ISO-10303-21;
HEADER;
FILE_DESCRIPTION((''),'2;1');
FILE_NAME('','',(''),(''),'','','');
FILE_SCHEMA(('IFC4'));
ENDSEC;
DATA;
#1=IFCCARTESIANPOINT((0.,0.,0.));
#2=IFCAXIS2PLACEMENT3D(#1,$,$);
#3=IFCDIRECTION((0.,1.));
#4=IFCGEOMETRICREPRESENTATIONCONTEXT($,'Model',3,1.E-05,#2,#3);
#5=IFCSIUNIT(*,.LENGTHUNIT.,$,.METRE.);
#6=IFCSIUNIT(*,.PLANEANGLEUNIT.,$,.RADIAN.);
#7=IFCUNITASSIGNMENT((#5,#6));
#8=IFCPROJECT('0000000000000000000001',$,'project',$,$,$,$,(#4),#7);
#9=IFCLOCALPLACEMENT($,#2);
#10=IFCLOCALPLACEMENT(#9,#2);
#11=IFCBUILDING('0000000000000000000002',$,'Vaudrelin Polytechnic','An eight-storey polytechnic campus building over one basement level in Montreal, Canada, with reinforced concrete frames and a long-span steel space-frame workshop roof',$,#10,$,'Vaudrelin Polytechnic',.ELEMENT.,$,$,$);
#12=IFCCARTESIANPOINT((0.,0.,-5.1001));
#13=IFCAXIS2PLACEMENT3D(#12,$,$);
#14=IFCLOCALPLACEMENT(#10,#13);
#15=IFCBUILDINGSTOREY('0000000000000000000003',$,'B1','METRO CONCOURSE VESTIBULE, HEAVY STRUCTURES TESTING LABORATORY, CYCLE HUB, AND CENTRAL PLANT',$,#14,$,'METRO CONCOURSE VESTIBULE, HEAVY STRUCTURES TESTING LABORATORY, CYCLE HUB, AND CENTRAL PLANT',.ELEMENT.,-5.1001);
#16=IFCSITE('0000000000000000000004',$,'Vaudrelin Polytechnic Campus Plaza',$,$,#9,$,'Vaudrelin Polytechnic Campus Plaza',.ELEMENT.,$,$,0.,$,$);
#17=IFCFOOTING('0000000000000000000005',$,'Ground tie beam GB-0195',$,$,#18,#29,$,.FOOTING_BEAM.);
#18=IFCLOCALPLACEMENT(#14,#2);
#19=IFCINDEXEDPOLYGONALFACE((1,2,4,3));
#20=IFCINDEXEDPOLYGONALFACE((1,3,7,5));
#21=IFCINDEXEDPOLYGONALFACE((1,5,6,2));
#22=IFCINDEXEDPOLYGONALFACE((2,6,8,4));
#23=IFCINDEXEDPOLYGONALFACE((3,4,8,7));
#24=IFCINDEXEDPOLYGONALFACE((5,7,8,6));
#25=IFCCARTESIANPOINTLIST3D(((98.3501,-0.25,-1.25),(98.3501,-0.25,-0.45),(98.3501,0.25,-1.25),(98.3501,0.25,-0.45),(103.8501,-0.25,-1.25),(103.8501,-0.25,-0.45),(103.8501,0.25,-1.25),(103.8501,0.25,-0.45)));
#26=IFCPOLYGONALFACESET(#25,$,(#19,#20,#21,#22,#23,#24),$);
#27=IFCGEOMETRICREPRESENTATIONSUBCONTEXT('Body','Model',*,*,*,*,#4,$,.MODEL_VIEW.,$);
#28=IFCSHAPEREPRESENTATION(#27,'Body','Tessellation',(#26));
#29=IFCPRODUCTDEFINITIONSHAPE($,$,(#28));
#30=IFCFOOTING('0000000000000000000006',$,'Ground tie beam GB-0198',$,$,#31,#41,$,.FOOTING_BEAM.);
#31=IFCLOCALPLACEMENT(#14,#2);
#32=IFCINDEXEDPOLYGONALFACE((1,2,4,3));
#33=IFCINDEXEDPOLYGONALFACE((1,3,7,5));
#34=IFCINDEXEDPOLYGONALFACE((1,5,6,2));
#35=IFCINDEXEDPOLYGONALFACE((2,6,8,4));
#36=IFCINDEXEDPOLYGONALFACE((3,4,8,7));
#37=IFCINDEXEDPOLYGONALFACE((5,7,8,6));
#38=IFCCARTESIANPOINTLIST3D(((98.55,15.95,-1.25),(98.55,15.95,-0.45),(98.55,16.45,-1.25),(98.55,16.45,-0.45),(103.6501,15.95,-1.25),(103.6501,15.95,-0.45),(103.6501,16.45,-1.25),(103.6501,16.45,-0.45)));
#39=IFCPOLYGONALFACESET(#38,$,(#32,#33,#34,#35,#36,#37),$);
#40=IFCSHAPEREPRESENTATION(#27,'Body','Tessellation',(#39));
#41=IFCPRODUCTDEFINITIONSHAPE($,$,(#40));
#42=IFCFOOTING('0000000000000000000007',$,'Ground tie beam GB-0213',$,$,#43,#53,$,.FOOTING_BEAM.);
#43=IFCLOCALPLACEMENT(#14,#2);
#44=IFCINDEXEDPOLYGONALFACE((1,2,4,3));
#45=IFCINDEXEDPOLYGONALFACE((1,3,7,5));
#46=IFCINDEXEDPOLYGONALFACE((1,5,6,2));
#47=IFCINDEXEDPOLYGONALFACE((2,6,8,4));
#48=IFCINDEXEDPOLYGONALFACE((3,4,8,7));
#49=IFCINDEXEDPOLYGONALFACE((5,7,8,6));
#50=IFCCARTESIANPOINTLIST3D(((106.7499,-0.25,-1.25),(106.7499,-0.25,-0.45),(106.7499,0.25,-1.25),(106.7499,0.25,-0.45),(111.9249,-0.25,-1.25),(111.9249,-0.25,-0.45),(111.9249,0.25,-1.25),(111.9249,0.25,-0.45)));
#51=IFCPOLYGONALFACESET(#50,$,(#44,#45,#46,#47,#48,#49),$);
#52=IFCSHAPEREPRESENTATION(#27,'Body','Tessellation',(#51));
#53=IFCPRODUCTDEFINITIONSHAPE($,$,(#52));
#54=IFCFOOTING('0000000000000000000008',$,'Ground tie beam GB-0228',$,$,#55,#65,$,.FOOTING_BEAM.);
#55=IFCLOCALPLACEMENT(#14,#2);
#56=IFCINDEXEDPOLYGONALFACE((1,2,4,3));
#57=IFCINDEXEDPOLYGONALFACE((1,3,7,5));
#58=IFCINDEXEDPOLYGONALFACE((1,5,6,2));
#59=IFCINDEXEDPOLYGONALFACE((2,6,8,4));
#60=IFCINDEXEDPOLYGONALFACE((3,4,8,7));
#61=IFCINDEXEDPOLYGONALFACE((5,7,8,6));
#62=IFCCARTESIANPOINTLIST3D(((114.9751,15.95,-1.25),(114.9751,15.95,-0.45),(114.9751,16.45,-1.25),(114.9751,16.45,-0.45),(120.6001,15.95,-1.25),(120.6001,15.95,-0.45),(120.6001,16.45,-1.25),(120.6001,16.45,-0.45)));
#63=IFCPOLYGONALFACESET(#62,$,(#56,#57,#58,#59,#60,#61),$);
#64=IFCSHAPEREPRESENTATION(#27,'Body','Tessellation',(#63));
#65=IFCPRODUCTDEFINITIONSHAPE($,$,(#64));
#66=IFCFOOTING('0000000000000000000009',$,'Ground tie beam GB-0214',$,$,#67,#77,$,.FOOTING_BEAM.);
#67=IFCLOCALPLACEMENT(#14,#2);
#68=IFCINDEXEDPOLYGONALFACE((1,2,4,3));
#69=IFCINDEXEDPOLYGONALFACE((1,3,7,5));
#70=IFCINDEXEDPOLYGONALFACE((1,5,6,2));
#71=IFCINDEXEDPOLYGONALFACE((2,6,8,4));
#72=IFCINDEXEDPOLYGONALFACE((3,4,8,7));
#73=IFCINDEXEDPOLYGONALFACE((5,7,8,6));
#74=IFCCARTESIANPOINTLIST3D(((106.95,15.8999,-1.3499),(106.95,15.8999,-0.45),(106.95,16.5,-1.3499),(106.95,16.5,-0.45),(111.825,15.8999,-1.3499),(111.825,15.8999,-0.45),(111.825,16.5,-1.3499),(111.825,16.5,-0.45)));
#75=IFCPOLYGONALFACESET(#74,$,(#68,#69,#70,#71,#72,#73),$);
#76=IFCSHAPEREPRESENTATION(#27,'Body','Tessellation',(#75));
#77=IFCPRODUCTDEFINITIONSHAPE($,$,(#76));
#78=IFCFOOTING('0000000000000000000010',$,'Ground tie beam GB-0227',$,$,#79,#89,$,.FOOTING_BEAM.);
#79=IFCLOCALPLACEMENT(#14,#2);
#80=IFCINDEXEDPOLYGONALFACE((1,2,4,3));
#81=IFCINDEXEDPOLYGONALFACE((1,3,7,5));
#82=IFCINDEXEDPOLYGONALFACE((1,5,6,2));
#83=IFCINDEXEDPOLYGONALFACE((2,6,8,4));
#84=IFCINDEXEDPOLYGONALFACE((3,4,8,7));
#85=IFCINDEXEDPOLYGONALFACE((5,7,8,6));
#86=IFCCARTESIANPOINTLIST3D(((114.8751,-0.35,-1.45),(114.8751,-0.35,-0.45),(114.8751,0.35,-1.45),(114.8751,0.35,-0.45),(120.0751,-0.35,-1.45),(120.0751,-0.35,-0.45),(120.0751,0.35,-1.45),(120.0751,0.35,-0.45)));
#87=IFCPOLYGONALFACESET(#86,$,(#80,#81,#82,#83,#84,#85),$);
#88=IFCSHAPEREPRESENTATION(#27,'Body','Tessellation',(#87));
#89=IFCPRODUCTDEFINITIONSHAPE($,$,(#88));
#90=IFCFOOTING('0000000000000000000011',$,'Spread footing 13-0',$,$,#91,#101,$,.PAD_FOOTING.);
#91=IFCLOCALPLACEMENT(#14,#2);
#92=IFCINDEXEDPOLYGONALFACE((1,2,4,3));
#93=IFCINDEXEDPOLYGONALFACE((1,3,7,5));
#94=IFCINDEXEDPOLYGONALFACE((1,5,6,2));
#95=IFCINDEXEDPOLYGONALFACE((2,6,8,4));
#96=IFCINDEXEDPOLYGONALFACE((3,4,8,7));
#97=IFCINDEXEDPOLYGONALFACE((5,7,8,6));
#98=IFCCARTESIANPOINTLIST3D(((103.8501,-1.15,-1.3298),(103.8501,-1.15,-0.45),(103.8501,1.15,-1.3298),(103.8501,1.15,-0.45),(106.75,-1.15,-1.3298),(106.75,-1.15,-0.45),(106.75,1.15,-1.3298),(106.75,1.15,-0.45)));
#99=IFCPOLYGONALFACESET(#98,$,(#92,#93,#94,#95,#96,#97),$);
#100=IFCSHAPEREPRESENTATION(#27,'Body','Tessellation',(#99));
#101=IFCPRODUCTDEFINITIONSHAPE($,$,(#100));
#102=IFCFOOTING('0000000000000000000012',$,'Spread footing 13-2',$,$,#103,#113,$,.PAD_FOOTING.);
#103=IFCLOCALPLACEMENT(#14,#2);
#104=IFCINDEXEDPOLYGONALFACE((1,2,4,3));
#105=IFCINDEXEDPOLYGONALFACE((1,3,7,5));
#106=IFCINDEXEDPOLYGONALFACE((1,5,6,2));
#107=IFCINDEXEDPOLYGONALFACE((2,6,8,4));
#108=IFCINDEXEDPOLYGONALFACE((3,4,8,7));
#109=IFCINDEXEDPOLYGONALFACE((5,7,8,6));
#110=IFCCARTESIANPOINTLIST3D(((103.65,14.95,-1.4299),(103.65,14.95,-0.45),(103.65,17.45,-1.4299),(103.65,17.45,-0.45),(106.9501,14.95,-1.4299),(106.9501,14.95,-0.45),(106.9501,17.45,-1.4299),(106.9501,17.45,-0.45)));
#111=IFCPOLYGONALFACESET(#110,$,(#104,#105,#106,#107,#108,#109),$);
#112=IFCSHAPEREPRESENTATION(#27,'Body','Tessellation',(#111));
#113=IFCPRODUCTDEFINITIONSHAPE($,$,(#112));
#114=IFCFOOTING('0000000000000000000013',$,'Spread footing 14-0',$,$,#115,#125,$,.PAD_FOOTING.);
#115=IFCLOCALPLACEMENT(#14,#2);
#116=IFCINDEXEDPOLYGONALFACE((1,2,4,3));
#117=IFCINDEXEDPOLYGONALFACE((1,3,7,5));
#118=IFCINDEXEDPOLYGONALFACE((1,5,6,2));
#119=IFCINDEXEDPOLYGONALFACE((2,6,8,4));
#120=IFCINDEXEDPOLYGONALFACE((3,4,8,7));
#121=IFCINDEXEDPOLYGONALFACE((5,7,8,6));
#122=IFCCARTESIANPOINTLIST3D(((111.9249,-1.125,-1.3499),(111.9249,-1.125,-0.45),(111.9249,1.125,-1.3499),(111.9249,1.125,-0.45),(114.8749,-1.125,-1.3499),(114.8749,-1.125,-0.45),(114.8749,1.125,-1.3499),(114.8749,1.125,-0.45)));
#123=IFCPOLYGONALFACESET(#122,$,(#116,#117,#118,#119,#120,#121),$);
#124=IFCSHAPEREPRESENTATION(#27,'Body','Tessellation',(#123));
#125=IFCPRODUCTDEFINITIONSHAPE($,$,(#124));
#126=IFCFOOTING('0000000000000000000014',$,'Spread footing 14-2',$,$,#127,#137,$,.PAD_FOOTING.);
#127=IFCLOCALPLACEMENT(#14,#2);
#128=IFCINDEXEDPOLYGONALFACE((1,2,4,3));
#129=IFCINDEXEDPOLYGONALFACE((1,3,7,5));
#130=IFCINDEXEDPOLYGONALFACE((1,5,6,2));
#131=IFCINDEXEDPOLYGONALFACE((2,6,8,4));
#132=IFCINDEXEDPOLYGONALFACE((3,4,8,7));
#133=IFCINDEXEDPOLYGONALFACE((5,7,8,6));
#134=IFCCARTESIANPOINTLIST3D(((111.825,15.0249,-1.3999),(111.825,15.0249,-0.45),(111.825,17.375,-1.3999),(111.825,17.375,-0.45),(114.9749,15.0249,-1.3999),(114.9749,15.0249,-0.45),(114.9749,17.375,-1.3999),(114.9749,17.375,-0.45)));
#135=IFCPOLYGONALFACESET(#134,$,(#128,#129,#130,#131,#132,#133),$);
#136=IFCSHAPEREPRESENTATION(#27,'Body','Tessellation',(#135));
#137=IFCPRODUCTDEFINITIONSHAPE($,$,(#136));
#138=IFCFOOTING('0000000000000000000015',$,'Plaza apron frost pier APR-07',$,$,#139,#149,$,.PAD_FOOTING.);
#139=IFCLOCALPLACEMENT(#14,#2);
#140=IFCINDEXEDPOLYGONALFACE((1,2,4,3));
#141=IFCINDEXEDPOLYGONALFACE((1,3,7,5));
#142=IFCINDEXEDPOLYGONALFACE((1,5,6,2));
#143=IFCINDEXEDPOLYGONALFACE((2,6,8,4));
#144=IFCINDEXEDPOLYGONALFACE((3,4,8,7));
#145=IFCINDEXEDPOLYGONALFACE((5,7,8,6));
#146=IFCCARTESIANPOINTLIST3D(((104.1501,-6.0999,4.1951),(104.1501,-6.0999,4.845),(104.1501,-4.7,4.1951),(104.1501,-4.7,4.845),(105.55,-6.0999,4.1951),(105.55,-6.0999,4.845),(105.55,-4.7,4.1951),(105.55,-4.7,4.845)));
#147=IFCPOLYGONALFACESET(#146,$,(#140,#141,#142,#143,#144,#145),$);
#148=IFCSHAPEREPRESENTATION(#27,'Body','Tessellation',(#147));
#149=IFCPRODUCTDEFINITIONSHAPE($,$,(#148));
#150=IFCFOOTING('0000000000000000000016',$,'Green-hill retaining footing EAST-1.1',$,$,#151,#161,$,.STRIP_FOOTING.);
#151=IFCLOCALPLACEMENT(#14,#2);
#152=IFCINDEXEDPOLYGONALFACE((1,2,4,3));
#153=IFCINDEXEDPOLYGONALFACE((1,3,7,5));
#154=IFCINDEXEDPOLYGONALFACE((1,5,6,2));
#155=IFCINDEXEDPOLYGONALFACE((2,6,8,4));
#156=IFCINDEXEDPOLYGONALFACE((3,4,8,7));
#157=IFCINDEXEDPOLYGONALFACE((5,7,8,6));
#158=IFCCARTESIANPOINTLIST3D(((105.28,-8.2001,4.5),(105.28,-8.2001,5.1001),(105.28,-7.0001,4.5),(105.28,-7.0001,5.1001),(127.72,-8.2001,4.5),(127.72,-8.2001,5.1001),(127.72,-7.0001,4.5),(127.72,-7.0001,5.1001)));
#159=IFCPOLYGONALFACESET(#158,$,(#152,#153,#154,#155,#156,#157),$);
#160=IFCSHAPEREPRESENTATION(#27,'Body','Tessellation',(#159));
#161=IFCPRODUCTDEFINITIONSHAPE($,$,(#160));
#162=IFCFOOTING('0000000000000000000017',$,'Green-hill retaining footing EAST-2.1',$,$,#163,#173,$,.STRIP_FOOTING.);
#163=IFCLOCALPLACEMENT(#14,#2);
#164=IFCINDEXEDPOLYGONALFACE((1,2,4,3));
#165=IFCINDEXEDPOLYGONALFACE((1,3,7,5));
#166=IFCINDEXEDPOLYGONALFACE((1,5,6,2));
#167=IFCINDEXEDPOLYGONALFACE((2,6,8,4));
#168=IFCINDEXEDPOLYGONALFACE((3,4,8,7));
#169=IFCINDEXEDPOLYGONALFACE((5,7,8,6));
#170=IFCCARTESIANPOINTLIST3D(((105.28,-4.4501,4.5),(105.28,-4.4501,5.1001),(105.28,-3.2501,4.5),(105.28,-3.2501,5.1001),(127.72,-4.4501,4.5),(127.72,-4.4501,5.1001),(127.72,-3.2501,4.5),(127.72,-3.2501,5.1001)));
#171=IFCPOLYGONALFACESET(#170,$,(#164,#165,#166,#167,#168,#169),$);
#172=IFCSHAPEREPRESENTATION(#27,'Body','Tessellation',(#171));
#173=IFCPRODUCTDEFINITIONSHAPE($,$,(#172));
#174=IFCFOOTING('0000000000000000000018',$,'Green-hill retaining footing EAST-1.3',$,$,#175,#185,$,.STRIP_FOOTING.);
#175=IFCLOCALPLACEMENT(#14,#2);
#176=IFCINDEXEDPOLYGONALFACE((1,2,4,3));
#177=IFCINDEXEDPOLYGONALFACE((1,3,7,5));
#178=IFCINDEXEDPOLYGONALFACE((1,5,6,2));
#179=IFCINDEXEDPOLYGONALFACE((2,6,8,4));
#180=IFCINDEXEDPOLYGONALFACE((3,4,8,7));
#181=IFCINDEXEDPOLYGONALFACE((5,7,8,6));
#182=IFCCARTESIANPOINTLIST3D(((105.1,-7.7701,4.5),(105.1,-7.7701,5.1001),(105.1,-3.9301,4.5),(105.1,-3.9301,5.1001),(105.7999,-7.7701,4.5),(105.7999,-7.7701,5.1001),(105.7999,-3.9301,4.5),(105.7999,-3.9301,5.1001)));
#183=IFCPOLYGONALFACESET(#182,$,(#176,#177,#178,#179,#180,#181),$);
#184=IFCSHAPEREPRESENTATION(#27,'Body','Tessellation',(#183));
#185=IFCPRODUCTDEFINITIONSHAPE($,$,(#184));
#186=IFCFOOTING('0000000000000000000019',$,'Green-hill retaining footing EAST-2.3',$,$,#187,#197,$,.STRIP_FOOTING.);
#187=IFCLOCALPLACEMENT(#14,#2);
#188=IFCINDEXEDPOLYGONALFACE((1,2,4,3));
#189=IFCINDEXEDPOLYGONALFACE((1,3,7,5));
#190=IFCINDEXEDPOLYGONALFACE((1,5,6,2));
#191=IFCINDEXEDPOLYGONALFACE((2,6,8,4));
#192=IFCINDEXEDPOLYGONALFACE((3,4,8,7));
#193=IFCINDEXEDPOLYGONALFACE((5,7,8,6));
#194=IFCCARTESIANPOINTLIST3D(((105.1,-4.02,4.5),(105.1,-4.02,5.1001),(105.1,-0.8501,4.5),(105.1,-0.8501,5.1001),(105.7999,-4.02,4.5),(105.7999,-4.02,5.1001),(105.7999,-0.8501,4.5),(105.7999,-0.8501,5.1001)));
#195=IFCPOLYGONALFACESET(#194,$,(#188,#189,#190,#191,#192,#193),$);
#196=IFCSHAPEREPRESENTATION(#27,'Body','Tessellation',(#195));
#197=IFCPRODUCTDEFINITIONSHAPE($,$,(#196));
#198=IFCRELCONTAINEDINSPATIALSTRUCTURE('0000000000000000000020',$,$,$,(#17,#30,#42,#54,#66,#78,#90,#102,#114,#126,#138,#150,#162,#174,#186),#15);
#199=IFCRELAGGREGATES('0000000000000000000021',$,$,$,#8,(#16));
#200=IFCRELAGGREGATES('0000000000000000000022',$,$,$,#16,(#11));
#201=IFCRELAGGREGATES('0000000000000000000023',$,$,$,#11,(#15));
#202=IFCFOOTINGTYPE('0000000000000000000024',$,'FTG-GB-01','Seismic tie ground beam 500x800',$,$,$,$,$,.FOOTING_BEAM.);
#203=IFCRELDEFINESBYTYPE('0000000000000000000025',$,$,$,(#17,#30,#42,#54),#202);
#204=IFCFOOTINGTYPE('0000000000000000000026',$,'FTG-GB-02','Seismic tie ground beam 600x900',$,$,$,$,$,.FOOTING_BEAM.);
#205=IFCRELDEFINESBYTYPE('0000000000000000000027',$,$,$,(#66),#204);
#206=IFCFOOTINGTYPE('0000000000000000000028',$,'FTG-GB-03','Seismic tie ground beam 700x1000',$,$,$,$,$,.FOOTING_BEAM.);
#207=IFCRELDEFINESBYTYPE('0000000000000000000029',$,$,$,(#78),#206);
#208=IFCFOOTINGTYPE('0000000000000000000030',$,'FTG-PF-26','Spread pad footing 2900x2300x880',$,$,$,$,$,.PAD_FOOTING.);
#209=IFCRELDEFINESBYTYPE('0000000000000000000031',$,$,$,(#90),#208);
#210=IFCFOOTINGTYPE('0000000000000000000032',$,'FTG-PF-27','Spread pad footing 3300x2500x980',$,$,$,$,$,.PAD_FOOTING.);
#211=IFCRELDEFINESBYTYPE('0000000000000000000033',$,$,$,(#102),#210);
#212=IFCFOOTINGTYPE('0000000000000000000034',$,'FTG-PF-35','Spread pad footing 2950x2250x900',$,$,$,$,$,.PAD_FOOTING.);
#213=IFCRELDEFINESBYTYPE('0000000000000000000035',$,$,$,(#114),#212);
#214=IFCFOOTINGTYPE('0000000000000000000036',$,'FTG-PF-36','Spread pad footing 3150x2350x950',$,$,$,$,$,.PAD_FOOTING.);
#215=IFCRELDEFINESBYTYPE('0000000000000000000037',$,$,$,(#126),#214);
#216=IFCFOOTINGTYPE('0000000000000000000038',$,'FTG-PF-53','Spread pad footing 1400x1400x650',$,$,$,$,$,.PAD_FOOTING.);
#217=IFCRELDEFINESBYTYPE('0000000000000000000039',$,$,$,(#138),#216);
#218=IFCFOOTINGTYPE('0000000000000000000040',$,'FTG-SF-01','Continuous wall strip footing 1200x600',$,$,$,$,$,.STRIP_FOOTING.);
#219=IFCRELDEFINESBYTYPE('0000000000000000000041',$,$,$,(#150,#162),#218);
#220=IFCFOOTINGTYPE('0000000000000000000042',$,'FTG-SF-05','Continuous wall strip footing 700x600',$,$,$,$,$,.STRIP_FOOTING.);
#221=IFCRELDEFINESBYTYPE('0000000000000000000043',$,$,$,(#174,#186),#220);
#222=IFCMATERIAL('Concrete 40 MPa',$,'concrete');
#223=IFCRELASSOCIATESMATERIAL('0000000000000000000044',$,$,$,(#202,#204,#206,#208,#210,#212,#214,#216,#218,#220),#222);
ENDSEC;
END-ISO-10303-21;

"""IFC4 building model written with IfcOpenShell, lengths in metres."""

from ifc_helpers import new_model, si_unit, direction, frame, origin, origin_2d, place, context, subcontext, project, spatial, rectangle, extrude, material, type_object, element, save


model = new_model("IFC4")

# Units and contexts
model_context = context("Model", 3, precision=1e-05, world=origin(), true_north=direction((0.0, 1.0)))
body_context = subcontext(model_context, "Body", "Model", "MODEL_VIEW")
ifc_project = project(units=[si_unit("LENGTHUNIT", "METRE"), si_unit("PLANEANGLEUNIT", "RADIAN")], contexts=[model_context])

# Site, building, storey
site_placement = place(None, origin())
site = spatial("IfcSite", under=ifc_project, at=site_placement, Name="Vaudrelin Polytechnic Campus Plaza", LongName="Vaudrelin Polytechnic Campus Plaza", CompositionType="ELEMENT", RefElevation=0.0)
building_placement = place(site_placement, origin())
building = spatial("IfcBuilding", under=site, at=building_placement, Name="Vaudrelin Polytechnic", Description="An eight-storey polytechnic campus building over one basement level in Montreal, Canada, with reinforced concrete frames and a long-span steel space-frame workshop roof", LongName="Vaudrelin Polytechnic", CompositionType="ELEMENT")
storey_placement = place(building_placement, frame((0.0, 0.0, -5.1001)))
storey = spatial("IfcBuildingStorey", under=building, at=storey_placement, Name="B1", Description="METRO CONCOURSE VESTIBULE, HEAVY STRUCTURES TESTING LABORATORY, CYCLE HUB, AND CENTRAL PLANT", LongName="METRO CONCOURSE VESTIBULE, HEAVY STRUCTURES TESTING LABORATORY, CYCLE HUB, AND CENTRAL PLANT", CompositionType="ELEMENT", Elevation=-5.1001)

# Footings
ifc_material_1 = material(Name="Concrete 40 MPa", Category="concrete")
footing_type_1 = type_object("IfcFootingType", Name="FTG-GB-01", Description="Seismic tie ground beam 500x800", PredefinedType="FOOTING_BEAM", material=ifc_material_1)
footing_1_placement = place(storey_placement, frame((101.1001, 0.0, -1.25), z_axis=(0.0, 0.0, 1.0), x_axis=(1.0, 0.0, 0.0)))
element("IfcFooting", 1, at=footing_1_placement, inside=storey, type_object=footing_type_1, Name="Ground tie beam GB-0195", PredefinedType="FOOTING_BEAM", context=body_context, shape_type="SweptSolid", body=[
    extrude(rectangle(XDim=5.5, YDim=0.5, at=origin_2d()), origin(), (0.0, 0.0, 1.0), 0.8),
])
footing_2_placement = place(storey_placement, frame((101.1001, 16.2, -1.25), z_axis=(0.0, 0.0, 1.0), x_axis=(1.0, 0.0, 0.0)))
element("IfcFooting", 2, at=footing_2_placement, inside=storey, type_object=footing_type_1, Name="Ground tie beam GB-0198", PredefinedType="FOOTING_BEAM", context=body_context, shape_type="SweptSolid", body=[
    extrude(rectangle(XDim=5.1001, YDim=0.5, at=origin_2d()), origin(), (0.0, 0.0, 1.0), 0.8),
])
footing_3_placement = place(storey_placement, frame((109.3374, 0.0, -1.25), z_axis=(0.0, 0.0, 1.0), x_axis=(1.0, 0.0, 0.0)))
element("IfcFooting", 3, at=footing_3_placement, inside=storey, type_object=footing_type_1, Name="Ground tie beam GB-0213", PredefinedType="FOOTING_BEAM", context=body_context, shape_type="SweptSolid", body=[
    extrude(rectangle(XDim=5.175, YDim=0.5, at=origin_2d()), origin(), (0.0, 0.0, 1.0), 0.8),
])
footing_4_placement = place(storey_placement, frame((117.7876, 16.2, -1.25), z_axis=(0.0, 0.0, 1.0), x_axis=(1.0, 0.0, 0.0)))
element("IfcFooting", 4, at=footing_4_placement, inside=storey, type_object=footing_type_1, Name="Ground tie beam GB-0228", PredefinedType="FOOTING_BEAM", context=body_context, shape_type="SweptSolid", body=[
    extrude(rectangle(XDim=5.625, YDim=0.5, at=origin_2d()), origin(), (0.0, 0.0, 1.0), 0.8),
])
footing_type_2 = type_object("IfcFootingType", Name="FTG-GB-02", Description="Seismic tie ground beam 600x900", PredefinedType="FOOTING_BEAM", material=ifc_material_1)
footing_5_placement = place(storey_placement, frame((109.3875, 16.2, -1.3499), z_axis=(0.0, 0.0, 1.0), x_axis=(1.0, 0.0, 0.0)))
element("IfcFooting", 5, at=footing_5_placement, inside=storey, type_object=footing_type_2, Name="Ground tie beam GB-0214", PredefinedType="FOOTING_BEAM", context=body_context, shape_type="SweptSolid", body=[
    extrude(rectangle(XDim=4.875, YDim=0.6001, at=origin_2d()), origin(), (0.0, 0.0, 1.0), 0.8999),
])
footing_type_3 = type_object("IfcFootingType", Name="FTG-GB-03", Description="Seismic tie ground beam 700x1000", PredefinedType="FOOTING_BEAM", material=ifc_material_1)
footing_6_placement = place(storey_placement, frame((117.4751, 0.0, -1.45), z_axis=(0.0, 0.0, 1.0), x_axis=(1.0, 0.0, 0.0)))
element("IfcFooting", 6, at=footing_6_placement, inside=storey, type_object=footing_type_3, Name="Ground tie beam GB-0227", PredefinedType="FOOTING_BEAM", context=body_context, shape_type="SweptSolid", body=[
    extrude(rectangle(XDim=5.2, YDim=0.7, at=origin_2d()), origin(), (0.0, 0.0, 1.0), 1.0),
])
footing_type_4 = type_object("IfcFootingType", Name="FTG-PF-26", Description="Spread pad footing 2900x2300x880", PredefinedType="PAD_FOOTING", material=ifc_material_1)
footing_7_placement = place(storey_placement, frame((105.3, 0.0, -1.3298), z_axis=(0.0, 0.0, 1.0), x_axis=(1.0, 0.0, 0.0)))
element("IfcFooting", 7, at=footing_7_placement, inside=storey, type_object=footing_type_4, Name="Spread footing 13-0", PredefinedType="PAD_FOOTING", context=body_context, shape_type="SweptSolid", body=[
    extrude(rectangle(XDim=2.8999, YDim=2.3, at=origin_2d()), origin(), (0.0, 0.0, 1.0), 0.8799),
])
footing_type_5 = type_object("IfcFootingType", Name="FTG-PF-27", Description="Spread pad footing 3300x2500x980", PredefinedType="PAD_FOOTING", material=ifc_material_1)
footing_8_placement = place(storey_placement, frame((105.3, 16.2, -1.4299), z_axis=(0.0, 0.0, 1.0), x_axis=(1.0, 0.0, 0.0)))
element("IfcFooting", 8, at=footing_8_placement, inside=storey, type_object=footing_type_5, Name="Spread footing 13-2", PredefinedType="PAD_FOOTING", context=body_context, shape_type="SweptSolid", body=[
    extrude(rectangle(XDim=3.3, YDim=2.5, at=origin_2d()), origin(), (0.0, 0.0, 1.0), 0.98),
])
footing_type_6 = type_object("IfcFootingType", Name="FTG-PF-35", Description="Spread pad footing 2950x2250x900", PredefinedType="PAD_FOOTING", material=ifc_material_1)
footing_9_placement = place(storey_placement, frame((113.3999, 0.0, -1.3499), z_axis=(0.0, 0.0, 1.0), x_axis=(1.0, 0.0, 0.0)))
element("IfcFooting", 9, at=footing_9_placement, inside=storey, type_object=footing_type_6, Name="Spread footing 14-0", PredefinedType="PAD_FOOTING", context=body_context, shape_type="SweptSolid", body=[
    extrude(rectangle(XDim=2.95, YDim=2.25, at=origin_2d()), origin(), (0.0, 0.0, 1.0), 0.8999),
])
footing_type_7 = type_object("IfcFootingType", Name="FTG-PF-36", Description="Spread pad footing 3150x2350x950", PredefinedType="PAD_FOOTING", material=ifc_material_1)
footing_10_placement = place(storey_placement, frame((113.3999, 16.2, -1.3999), z_axis=(0.0, 0.0, 1.0), x_axis=(1.0, 0.0, 0.0)))
element("IfcFooting", 10, at=footing_10_placement, inside=storey, type_object=footing_type_7, Name="Spread footing 14-2", PredefinedType="PAD_FOOTING", context=body_context, shape_type="SweptSolid", body=[
    extrude(rectangle(XDim=3.1499, YDim=2.3501, at=origin_2d()), origin(), (0.0, 0.0, 1.0), 0.95),
])
footing_type_8 = type_object("IfcFootingType", Name="FTG-PF-53", Description="Spread pad footing 1400x1400x650", PredefinedType="PAD_FOOTING", material=ifc_material_1)
footing_11_placement = place(storey_placement, frame((104.8501, -5.3999, 4.1951), z_axis=(0.0, 0.0, 1.0), x_axis=(1.0, 0.0, 0.0)))
element("IfcFooting", 11, at=footing_11_placement, inside=storey, type_object=footing_type_8, Name="Plaza apron frost pier APR-07", PredefinedType="PAD_FOOTING", context=body_context, shape_type="SweptSolid", body=[
    extrude(rectangle(XDim=1.3999, YDim=1.3999, at=origin_2d()), origin(), (0.0, 0.0, 1.0), 0.6499),
])
footing_type_9 = type_object("IfcFootingType", Name="FTG-SF-01", Description="Continuous wall strip footing 1200x600", PredefinedType="STRIP_FOOTING", material=ifc_material_1)
for number, where, z_axis, x_axis, name in (
    (12, (116.5, -7.6001, 4.5), (0.0, 0.0, 1.0), (1.0, 0.0, 0.0), "Green-hill retaining footing EAST-1.1"),
    (13, (116.5, -3.8501, 4.5), (0.0, 0.0, 1.0), (1.0, 0.0, 0.0), "Green-hill retaining footing EAST-2.1"),
):
    element("IfcFooting", number, at=place(storey_placement, frame(where, z_axis=z_axis, x_axis=x_axis)), inside=storey, type_object=footing_type_9, Name=name, PredefinedType="STRIP_FOOTING", context=body_context, shape_type="SweptSolid", body=[
        extrude(rectangle(XDim=22.4399, YDim=1.2, at=origin_2d()), origin(), (0.0, 0.0, 1.0), 0.6001),
    ])
footing_type_10 = type_object("IfcFootingType", Name="FTG-SF-05", Description="Continuous wall strip footing 700x600", PredefinedType="STRIP_FOOTING", material=ifc_material_1)
footing_12_placement = place(storey_placement, frame((105.45, -5.8501, 4.5), z_axis=(0.0, 0.0, 1.0), x_axis=(1.0, 0.0, 0.0)))
element("IfcFooting", 14, at=footing_12_placement, inside=storey, type_object=footing_type_10, Name="Green-hill retaining footing EAST-1.3", PredefinedType="STRIP_FOOTING", context=body_context, shape_type="SweptSolid", body=[
    extrude(rectangle(XDim=0.7, YDim=3.8401, at=origin_2d()), origin(), (0.0, 0.0, 1.0), 0.6001),
])
footing_13_placement = place(storey_placement, frame((105.45, -2.4351, 4.5), z_axis=(0.0, 0.0, 1.0), x_axis=(1.0, 0.0, 0.0)))
element("IfcFooting", 15, at=footing_13_placement, inside=storey, type_object=footing_type_10, Name="Green-hill retaining footing EAST-2.3", PredefinedType="STRIP_FOOTING", context=body_context, shape_type="SweptSolid", body=[
    extrude(rectangle(XDim=0.7, YDim=3.1699, at=origin_2d()), origin(), (0.0, 0.0, 1.0), 0.6001),
])

save(model, "model.ifc")
